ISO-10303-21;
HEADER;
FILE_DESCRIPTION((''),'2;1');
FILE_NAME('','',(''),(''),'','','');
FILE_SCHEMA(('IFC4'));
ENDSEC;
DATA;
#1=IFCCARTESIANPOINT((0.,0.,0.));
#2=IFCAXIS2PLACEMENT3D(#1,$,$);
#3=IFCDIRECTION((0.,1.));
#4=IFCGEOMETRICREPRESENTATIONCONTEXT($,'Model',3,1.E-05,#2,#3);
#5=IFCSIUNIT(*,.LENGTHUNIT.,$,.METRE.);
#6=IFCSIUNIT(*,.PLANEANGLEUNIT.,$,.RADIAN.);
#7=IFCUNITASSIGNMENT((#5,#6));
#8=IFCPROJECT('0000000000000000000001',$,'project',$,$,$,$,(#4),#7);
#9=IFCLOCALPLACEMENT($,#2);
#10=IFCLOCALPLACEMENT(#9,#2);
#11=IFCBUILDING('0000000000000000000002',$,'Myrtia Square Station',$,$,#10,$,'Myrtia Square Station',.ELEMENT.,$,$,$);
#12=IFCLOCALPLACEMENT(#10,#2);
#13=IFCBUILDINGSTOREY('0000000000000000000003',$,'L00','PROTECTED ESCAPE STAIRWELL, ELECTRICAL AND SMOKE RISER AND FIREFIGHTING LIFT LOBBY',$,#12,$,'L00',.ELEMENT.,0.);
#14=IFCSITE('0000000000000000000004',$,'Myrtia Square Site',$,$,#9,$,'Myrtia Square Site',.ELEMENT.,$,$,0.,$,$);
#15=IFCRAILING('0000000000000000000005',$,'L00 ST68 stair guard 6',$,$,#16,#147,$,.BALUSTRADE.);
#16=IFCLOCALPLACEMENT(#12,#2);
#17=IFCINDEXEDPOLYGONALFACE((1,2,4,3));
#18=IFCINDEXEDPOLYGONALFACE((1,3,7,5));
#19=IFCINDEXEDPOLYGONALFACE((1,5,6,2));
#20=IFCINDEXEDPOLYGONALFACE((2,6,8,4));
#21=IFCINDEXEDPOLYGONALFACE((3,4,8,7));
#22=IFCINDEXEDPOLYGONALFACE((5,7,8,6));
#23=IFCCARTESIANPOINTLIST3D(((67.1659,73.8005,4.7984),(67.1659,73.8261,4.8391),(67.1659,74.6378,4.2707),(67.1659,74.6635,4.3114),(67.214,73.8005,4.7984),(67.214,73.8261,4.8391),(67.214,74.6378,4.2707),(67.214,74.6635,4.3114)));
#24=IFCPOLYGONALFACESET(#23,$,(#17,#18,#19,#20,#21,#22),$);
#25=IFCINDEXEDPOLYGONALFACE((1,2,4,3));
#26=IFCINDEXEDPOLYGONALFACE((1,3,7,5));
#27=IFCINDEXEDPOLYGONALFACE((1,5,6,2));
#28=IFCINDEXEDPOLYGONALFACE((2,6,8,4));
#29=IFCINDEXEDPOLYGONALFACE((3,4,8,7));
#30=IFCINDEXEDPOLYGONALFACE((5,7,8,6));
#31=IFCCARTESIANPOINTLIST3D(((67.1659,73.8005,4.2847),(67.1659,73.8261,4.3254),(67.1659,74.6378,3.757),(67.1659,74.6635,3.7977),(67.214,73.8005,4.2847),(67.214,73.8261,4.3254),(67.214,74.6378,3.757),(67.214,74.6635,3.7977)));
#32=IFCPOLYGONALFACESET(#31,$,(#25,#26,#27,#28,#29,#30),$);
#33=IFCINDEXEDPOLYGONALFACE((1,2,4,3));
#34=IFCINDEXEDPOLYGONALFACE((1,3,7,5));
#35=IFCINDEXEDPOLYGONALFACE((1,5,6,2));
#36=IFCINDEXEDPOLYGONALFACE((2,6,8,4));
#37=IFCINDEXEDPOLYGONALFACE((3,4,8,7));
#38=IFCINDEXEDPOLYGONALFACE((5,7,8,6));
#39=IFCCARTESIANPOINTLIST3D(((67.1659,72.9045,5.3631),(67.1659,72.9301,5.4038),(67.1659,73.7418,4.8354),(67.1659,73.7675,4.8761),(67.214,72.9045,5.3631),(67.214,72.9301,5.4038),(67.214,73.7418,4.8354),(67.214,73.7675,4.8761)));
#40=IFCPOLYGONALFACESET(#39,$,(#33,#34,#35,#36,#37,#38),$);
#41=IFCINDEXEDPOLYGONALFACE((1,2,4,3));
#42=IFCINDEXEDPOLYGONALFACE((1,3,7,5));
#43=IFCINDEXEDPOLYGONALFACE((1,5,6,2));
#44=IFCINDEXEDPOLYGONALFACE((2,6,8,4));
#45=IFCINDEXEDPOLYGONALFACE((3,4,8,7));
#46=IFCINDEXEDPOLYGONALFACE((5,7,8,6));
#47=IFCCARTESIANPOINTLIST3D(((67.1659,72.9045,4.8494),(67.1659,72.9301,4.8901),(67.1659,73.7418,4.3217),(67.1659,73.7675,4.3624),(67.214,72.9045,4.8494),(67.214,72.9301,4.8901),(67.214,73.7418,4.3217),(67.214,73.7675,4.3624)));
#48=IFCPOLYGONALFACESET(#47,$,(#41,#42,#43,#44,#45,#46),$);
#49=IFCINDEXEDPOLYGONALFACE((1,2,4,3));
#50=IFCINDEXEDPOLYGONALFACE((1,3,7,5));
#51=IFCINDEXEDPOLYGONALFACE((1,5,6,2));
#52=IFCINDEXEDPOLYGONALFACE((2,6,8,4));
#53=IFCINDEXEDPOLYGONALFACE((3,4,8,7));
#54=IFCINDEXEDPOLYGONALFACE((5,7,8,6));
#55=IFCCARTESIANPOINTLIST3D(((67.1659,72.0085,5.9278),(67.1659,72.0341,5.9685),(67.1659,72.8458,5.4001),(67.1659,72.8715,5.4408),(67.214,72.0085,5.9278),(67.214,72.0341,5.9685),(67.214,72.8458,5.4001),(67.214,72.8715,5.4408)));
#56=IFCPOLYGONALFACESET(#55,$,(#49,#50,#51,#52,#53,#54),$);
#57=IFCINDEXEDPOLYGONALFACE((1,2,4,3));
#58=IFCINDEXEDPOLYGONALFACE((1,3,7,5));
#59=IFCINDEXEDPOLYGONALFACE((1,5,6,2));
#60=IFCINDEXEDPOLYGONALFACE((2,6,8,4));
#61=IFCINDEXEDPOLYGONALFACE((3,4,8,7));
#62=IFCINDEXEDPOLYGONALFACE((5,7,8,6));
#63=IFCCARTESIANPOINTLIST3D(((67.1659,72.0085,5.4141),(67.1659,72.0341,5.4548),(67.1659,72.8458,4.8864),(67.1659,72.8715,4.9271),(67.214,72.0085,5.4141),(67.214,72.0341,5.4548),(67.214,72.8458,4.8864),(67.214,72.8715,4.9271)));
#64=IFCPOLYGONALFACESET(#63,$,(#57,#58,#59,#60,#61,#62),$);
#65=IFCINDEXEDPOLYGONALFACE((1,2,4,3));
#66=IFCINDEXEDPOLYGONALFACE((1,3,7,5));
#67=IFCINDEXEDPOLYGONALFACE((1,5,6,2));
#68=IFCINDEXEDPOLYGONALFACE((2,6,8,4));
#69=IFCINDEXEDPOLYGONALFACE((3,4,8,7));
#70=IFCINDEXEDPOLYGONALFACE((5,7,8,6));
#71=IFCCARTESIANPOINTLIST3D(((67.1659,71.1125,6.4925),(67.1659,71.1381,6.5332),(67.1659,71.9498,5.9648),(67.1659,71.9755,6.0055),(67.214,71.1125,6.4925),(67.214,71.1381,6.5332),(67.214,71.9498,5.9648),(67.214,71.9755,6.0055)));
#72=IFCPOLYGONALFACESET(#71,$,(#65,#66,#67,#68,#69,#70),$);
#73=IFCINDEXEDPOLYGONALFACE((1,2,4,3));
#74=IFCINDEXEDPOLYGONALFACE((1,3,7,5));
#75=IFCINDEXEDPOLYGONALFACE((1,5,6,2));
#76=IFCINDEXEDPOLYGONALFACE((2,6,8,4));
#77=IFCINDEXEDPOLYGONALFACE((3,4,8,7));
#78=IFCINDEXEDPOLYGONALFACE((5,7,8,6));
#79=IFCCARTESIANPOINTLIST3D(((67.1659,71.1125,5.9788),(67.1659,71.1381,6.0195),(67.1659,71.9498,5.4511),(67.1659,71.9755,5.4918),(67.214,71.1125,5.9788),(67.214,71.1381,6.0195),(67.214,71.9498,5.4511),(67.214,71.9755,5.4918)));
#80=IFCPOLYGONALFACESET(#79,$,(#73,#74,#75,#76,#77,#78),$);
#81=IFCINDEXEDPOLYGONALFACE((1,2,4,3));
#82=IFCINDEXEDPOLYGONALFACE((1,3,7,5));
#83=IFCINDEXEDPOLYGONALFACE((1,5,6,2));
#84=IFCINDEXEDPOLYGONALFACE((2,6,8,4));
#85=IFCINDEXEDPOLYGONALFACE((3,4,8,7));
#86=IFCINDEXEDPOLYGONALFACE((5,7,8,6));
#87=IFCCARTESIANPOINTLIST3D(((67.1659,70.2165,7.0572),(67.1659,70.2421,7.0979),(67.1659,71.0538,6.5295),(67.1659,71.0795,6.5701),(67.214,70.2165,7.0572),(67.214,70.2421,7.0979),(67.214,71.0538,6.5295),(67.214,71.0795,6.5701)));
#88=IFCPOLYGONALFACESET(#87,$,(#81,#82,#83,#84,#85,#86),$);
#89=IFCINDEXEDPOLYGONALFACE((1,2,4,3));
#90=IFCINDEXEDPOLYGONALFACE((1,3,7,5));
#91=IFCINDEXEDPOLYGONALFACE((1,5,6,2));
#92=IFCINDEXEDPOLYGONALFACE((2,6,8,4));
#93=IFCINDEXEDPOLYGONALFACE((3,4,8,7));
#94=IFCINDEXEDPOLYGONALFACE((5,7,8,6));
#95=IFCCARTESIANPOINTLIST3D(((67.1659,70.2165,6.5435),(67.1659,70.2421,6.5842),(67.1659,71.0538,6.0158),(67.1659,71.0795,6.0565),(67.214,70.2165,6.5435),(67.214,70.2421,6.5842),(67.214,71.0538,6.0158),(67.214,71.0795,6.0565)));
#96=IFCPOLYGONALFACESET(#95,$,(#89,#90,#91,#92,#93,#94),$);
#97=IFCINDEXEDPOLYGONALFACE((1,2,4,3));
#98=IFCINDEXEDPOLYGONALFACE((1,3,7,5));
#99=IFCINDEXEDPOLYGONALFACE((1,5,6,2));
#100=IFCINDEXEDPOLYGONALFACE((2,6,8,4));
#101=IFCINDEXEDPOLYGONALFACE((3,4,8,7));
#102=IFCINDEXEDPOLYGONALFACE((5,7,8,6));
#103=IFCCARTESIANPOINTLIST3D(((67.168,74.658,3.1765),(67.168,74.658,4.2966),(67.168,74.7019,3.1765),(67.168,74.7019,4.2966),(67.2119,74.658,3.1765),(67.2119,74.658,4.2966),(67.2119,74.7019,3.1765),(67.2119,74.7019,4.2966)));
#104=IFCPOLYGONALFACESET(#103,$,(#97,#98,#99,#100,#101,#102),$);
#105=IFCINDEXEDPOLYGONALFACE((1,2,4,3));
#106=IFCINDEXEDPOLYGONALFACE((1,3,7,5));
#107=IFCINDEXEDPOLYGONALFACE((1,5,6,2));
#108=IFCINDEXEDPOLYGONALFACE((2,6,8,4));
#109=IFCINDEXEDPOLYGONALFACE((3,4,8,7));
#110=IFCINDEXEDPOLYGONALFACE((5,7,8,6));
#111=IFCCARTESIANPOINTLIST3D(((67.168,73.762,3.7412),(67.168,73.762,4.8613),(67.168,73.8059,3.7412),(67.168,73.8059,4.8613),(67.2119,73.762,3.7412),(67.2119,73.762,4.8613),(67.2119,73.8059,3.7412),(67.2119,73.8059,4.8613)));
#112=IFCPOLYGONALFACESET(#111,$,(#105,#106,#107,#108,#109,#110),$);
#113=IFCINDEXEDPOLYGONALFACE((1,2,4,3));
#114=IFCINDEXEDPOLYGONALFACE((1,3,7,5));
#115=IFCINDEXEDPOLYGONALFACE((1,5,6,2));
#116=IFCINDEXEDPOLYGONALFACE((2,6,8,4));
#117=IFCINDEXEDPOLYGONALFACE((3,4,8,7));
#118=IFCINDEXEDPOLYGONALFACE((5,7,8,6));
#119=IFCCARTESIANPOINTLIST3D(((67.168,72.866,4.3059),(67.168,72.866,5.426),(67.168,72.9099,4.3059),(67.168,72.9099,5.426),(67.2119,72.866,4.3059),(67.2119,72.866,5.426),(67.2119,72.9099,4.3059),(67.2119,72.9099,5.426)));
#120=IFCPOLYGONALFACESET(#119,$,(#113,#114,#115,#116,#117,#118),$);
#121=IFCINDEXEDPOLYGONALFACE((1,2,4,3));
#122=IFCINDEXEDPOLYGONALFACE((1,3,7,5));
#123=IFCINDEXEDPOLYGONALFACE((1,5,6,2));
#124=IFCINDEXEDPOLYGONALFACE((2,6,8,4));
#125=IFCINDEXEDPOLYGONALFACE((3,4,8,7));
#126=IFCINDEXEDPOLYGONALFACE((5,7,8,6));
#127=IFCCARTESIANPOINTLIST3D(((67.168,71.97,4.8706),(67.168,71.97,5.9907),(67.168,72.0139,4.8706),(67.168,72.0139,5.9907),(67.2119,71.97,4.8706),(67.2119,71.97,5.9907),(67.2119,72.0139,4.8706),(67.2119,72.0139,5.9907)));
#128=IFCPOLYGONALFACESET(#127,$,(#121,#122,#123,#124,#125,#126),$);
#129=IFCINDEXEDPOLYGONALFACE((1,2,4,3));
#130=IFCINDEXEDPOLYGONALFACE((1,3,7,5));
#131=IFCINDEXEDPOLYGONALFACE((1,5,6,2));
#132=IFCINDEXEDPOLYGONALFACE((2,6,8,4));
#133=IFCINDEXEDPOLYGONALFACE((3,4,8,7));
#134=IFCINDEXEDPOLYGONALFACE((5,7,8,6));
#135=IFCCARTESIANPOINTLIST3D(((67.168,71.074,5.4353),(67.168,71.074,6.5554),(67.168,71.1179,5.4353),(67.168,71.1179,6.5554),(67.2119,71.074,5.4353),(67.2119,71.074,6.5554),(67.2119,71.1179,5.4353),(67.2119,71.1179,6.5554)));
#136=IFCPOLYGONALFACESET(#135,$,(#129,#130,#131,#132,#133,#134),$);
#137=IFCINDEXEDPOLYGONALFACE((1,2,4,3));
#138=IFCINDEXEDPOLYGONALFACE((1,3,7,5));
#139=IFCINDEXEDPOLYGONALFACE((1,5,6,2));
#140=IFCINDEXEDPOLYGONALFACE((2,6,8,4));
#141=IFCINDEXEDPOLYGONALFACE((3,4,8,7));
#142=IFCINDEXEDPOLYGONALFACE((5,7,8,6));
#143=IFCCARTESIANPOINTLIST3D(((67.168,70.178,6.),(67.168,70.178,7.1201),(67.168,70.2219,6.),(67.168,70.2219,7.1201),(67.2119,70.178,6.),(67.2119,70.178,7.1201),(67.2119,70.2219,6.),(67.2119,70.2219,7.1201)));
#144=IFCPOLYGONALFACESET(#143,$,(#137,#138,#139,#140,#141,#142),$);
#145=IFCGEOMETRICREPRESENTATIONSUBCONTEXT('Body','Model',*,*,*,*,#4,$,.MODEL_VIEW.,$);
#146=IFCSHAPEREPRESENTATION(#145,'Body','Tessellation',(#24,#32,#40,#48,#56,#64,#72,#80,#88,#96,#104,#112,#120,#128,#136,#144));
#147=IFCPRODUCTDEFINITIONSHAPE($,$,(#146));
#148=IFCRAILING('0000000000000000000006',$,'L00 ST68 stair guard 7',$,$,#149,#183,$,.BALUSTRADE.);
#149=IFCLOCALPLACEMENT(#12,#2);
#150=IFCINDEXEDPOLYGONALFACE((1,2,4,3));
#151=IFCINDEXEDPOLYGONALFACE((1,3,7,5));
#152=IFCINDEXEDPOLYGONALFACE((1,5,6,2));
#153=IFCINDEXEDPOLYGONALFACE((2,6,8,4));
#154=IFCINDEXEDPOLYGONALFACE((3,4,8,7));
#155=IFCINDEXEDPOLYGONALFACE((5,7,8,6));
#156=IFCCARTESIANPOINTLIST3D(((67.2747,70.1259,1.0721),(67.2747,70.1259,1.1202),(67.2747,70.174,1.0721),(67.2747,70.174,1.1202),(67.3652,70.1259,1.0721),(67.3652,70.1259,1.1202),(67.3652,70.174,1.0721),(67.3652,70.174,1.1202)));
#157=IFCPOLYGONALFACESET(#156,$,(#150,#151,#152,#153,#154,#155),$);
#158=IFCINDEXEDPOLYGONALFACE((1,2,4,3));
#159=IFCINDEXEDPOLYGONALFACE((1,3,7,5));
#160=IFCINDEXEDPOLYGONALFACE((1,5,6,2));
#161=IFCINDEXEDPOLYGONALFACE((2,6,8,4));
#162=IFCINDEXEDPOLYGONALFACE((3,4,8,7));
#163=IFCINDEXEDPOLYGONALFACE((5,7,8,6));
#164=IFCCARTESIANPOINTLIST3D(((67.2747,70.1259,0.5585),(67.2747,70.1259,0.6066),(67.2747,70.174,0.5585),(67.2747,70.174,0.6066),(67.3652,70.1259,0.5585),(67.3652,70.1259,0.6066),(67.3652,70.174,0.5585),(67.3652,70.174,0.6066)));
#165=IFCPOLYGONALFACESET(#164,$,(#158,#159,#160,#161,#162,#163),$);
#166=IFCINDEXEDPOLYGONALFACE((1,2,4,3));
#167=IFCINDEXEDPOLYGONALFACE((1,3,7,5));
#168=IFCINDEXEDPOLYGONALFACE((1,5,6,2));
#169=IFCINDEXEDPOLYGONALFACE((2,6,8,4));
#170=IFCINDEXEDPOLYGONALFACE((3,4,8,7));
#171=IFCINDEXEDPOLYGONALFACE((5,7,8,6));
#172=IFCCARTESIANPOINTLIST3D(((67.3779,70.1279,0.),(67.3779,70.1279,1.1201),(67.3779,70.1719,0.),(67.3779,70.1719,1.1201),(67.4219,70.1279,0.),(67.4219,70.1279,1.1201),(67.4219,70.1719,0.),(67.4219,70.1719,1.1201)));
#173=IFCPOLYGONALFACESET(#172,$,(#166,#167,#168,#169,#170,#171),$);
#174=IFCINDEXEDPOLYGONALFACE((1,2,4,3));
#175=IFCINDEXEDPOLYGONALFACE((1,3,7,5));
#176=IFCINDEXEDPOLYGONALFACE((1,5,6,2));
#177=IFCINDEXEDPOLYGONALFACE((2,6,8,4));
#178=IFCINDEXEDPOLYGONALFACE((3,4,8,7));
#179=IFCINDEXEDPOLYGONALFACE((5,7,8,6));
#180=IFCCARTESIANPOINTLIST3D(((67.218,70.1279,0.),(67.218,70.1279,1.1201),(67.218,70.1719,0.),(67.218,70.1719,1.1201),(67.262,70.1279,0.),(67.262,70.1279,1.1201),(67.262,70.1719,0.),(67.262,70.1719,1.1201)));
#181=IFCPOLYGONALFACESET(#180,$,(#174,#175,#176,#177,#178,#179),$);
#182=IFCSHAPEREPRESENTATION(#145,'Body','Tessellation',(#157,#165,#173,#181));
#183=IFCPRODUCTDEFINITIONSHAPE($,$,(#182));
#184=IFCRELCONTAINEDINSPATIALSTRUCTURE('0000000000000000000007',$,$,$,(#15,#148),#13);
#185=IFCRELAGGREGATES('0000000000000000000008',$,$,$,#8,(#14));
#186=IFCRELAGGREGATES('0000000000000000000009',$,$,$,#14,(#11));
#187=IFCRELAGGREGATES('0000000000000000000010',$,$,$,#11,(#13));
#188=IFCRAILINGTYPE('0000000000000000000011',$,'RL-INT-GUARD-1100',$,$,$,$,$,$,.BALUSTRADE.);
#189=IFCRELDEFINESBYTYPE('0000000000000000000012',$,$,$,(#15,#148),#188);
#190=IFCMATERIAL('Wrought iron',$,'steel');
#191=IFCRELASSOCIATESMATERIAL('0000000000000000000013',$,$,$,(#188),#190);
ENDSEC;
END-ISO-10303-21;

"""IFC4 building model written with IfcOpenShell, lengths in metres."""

from ifc_helpers import new_model, si_unit, direction, frame, origin, origin_2d, place, context, subcontext, project, spatial, rectangle, extrude, material, type_object, element, save


model = new_model("IFC4")

# Units and contexts
model_context = context("Model", 3, precision=1e-05, world=origin(), true_north=direction((0.0, 1.0)))
body_context = subcontext(model_context, "Body", "Model", "MODEL_VIEW")
ifc_project = project(units=[si_unit("LENGTHUNIT", "METRE"), si_unit("PLANEANGLEUNIT", "RADIAN")], contexts=[model_context])

# Site, building, storey
site_placement = place(None, origin())
site = spatial("IfcSite", under=ifc_project, at=site_placement, Name="Myrtia Square Site", LongName="Myrtia Square Site", CompositionType="ELEMENT", RefElevation=0.0)
building_placement = place(site_placement, origin())
building = spatial("IfcBuilding", under=site, at=building_placement, Name="Myrtia Square Station", LongName="Myrtia Square Station", CompositionType="ELEMENT")
storey_placement = place(building_placement, origin())
storey = spatial("IfcBuildingStorey", under=building, at=storey_placement, Name="L00", Description="PROTECTED ESCAPE STAIRWELL, ELECTRICAL AND SMOKE RISER AND FIREFIGHTING LIFT LOBBY", LongName="L00", CompositionType="ELEMENT", Elevation=0.0)

# Railings
ifc_material_1 = material(Name="Wrought iron", Category="steel")
railing_type_1 = type_object("IfcRailingType", Name="RL-INT-GUARD-1100", PredefinedType="BALUSTRADE", material=ifc_material_1)
railing_1_placement = place(storey_placement, frame((67.1899, 74.6799, 3.1765)))
element("IfcRailing", 1, at=railing_1_placement, inside=storey, type_object=railing_type_1, Name="L00 ST68 stair guard 6", PredefinedType="BALUSTRADE", context=body_context, shape_type="SweptSolid", body=[
    extrude(rectangle(XDim=0.0481, YDim=0.0481, at=origin_2d()), frame((0.0, -0.0293, 1.1145), z_axis=(0.0, -0.845998, 0.533186), x_axis=(1.0, 0.0, 0.0)), (0.0, 0.0, 1.0), 0.9897),
    extrude(rectangle(XDim=0.0481, YDim=0.0481, at=origin_2d()), frame((0.0, -0.0293, 0.6008), z_axis=(0.0, -0.845998, 0.533186), x_axis=(1.0, 0.0, 0.0)), (0.0, 0.0, 1.0), 0.9897),
    extrude(rectangle(XDim=0.0481, YDim=0.0481, at=origin_2d()), frame((0.0, -0.9253, 1.6792), z_axis=(0.0, -0.845998, 0.533186), x_axis=(1.0, 0.0, 0.0)), (0.0, 0.0, 1.0), 0.9897),
    extrude(rectangle(XDim=0.0481, YDim=0.0481, at=origin_2d()), frame((0.0, -0.9253, 1.1655), z_axis=(0.0, -0.845998, 0.533186), x_axis=(1.0, 0.0, 0.0)), (0.0, 0.0, 1.0), 0.9897),
    extrude(rectangle(XDim=0.0481, YDim=0.0481, at=origin_2d()), frame((0.0, -1.8213, 2.2439), z_axis=(0.0, -0.845998, 0.533186), x_axis=(1.0, 0.0, 0.0)), (0.0, 0.0, 1.0), 0.9897),
    extrude(rectangle(XDim=0.0481, YDim=0.0481, at=origin_2d()), frame((0.0, -1.8213, 1.7302), z_axis=(0.0, -0.845998, 0.533186), x_axis=(1.0, 0.0, 0.0)), (0.0, 0.0, 1.0), 0.9897),
    extrude(rectangle(XDim=0.0481, YDim=0.0481, at=origin_2d()), frame((0.0, -2.7173, 2.8086), z_axis=(0.0, -0.845998, 0.533186), x_axis=(1.0, 0.0, 0.0)), (0.0, 0.0, 1.0), 0.9897),
    extrude(rectangle(XDim=0.0481, YDim=0.0481, at=origin_2d()), frame((0.0, -2.7173, 2.2949), z_axis=(0.0, -0.845998, 0.533186), x_axis=(1.0, 0.0, 0.0)), (0.0, 0.0, 1.0), 0.9897),
    extrude(rectangle(XDim=0.0481, YDim=0.0481, at=origin_2d()), frame((0.0, -3.6133, 3.3733), z_axis=(0.0, -0.845998, 0.533186), x_axis=(1.0, 0.0, 0.0)), (0.0, 0.0, 1.0), 0.9897),
    extrude(rectangle(XDim=0.0481, YDim=0.0481, at=origin_2d()), frame((0.0, -3.6133, 2.8596), z_axis=(0.0, -0.845998, 0.533186), x_axis=(1.0, 0.0, 0.0)), (0.0, 0.0, 1.0), 0.9897),
    extrude(rectangle(XDim=0.0439, YDim=0.0439, at=origin_2d()), origin(), (0.0, 0.0, 1.0), 1.1201),
    extrude(rectangle(XDim=0.0439, YDim=0.0439, at=origin_2d()), frame((0.0, -0.896, 0.5647)), (0.0, 0.0, 1.0), 1.1201),
    extrude(rectangle(XDim=0.0439, YDim=0.0439, at=origin_2d()), frame((0.0, -1.792, 1.1294)), (0.0, 0.0, 1.0), 1.1201),
    extrude(rectangle(XDim=0.0439, YDim=0.0439, at=origin_2d()), frame((0.0, -2.688, 1.6941)), (0.0, 0.0, 1.0), 1.1201),
    extrude(rectangle(XDim=0.0439, YDim=0.0439, at=origin_2d()), frame((0.0, -3.584, 2.2588)), (0.0, 0.0, 1.0), 1.1201),
    extrude(rectangle(XDim=0.0439, YDim=0.0439, at=origin_2d()), frame((0.0, -4.48, 2.8235)), (0.0, 0.0, 1.0), 1.1201),
])
railing_2_placement = place(storey_placement, frame((67.3999, 70.1499, 0.0)))
element("IfcRailing", 2, at=railing_2_placement, inside=storey, type_object=railing_type_1, Name="L00 ST68 stair guard 7", PredefinedType="BALUSTRADE", context=body_context, shape_type="SweptSolid", body=[
    extrude(rectangle(XDim=0.0481, YDim=0.0481, at=origin_2d()), frame((-0.0347, 0.0, 1.0962), z_axis=(-1.0, 0.0, 0.0), x_axis=(0.0, -1.0, 0.0)), (0.0, 0.0, 1.0), 0.0906),
    extrude(rectangle(XDim=0.0481, YDim=0.0481, at=origin_2d()), frame((-0.0347, 0.0, 0.5825), z_axis=(-1.0, 0.0, 0.0), x_axis=(0.0, -1.0, 0.0)), (0.0, 0.0, 1.0), 0.0906),
    extrude(rectangle(XDim=0.0439, YDim=0.0439, at=origin_2d()), origin(), (0.0, 0.0, 1.0), 1.1201),
    extrude(rectangle(XDim=0.0439, YDim=0.0439, at=origin_2d()), frame((-0.1599, 0.0, 0.0)), (0.0, 0.0, 1.0), 1.1201),
])

save(model, "model.ifc")
